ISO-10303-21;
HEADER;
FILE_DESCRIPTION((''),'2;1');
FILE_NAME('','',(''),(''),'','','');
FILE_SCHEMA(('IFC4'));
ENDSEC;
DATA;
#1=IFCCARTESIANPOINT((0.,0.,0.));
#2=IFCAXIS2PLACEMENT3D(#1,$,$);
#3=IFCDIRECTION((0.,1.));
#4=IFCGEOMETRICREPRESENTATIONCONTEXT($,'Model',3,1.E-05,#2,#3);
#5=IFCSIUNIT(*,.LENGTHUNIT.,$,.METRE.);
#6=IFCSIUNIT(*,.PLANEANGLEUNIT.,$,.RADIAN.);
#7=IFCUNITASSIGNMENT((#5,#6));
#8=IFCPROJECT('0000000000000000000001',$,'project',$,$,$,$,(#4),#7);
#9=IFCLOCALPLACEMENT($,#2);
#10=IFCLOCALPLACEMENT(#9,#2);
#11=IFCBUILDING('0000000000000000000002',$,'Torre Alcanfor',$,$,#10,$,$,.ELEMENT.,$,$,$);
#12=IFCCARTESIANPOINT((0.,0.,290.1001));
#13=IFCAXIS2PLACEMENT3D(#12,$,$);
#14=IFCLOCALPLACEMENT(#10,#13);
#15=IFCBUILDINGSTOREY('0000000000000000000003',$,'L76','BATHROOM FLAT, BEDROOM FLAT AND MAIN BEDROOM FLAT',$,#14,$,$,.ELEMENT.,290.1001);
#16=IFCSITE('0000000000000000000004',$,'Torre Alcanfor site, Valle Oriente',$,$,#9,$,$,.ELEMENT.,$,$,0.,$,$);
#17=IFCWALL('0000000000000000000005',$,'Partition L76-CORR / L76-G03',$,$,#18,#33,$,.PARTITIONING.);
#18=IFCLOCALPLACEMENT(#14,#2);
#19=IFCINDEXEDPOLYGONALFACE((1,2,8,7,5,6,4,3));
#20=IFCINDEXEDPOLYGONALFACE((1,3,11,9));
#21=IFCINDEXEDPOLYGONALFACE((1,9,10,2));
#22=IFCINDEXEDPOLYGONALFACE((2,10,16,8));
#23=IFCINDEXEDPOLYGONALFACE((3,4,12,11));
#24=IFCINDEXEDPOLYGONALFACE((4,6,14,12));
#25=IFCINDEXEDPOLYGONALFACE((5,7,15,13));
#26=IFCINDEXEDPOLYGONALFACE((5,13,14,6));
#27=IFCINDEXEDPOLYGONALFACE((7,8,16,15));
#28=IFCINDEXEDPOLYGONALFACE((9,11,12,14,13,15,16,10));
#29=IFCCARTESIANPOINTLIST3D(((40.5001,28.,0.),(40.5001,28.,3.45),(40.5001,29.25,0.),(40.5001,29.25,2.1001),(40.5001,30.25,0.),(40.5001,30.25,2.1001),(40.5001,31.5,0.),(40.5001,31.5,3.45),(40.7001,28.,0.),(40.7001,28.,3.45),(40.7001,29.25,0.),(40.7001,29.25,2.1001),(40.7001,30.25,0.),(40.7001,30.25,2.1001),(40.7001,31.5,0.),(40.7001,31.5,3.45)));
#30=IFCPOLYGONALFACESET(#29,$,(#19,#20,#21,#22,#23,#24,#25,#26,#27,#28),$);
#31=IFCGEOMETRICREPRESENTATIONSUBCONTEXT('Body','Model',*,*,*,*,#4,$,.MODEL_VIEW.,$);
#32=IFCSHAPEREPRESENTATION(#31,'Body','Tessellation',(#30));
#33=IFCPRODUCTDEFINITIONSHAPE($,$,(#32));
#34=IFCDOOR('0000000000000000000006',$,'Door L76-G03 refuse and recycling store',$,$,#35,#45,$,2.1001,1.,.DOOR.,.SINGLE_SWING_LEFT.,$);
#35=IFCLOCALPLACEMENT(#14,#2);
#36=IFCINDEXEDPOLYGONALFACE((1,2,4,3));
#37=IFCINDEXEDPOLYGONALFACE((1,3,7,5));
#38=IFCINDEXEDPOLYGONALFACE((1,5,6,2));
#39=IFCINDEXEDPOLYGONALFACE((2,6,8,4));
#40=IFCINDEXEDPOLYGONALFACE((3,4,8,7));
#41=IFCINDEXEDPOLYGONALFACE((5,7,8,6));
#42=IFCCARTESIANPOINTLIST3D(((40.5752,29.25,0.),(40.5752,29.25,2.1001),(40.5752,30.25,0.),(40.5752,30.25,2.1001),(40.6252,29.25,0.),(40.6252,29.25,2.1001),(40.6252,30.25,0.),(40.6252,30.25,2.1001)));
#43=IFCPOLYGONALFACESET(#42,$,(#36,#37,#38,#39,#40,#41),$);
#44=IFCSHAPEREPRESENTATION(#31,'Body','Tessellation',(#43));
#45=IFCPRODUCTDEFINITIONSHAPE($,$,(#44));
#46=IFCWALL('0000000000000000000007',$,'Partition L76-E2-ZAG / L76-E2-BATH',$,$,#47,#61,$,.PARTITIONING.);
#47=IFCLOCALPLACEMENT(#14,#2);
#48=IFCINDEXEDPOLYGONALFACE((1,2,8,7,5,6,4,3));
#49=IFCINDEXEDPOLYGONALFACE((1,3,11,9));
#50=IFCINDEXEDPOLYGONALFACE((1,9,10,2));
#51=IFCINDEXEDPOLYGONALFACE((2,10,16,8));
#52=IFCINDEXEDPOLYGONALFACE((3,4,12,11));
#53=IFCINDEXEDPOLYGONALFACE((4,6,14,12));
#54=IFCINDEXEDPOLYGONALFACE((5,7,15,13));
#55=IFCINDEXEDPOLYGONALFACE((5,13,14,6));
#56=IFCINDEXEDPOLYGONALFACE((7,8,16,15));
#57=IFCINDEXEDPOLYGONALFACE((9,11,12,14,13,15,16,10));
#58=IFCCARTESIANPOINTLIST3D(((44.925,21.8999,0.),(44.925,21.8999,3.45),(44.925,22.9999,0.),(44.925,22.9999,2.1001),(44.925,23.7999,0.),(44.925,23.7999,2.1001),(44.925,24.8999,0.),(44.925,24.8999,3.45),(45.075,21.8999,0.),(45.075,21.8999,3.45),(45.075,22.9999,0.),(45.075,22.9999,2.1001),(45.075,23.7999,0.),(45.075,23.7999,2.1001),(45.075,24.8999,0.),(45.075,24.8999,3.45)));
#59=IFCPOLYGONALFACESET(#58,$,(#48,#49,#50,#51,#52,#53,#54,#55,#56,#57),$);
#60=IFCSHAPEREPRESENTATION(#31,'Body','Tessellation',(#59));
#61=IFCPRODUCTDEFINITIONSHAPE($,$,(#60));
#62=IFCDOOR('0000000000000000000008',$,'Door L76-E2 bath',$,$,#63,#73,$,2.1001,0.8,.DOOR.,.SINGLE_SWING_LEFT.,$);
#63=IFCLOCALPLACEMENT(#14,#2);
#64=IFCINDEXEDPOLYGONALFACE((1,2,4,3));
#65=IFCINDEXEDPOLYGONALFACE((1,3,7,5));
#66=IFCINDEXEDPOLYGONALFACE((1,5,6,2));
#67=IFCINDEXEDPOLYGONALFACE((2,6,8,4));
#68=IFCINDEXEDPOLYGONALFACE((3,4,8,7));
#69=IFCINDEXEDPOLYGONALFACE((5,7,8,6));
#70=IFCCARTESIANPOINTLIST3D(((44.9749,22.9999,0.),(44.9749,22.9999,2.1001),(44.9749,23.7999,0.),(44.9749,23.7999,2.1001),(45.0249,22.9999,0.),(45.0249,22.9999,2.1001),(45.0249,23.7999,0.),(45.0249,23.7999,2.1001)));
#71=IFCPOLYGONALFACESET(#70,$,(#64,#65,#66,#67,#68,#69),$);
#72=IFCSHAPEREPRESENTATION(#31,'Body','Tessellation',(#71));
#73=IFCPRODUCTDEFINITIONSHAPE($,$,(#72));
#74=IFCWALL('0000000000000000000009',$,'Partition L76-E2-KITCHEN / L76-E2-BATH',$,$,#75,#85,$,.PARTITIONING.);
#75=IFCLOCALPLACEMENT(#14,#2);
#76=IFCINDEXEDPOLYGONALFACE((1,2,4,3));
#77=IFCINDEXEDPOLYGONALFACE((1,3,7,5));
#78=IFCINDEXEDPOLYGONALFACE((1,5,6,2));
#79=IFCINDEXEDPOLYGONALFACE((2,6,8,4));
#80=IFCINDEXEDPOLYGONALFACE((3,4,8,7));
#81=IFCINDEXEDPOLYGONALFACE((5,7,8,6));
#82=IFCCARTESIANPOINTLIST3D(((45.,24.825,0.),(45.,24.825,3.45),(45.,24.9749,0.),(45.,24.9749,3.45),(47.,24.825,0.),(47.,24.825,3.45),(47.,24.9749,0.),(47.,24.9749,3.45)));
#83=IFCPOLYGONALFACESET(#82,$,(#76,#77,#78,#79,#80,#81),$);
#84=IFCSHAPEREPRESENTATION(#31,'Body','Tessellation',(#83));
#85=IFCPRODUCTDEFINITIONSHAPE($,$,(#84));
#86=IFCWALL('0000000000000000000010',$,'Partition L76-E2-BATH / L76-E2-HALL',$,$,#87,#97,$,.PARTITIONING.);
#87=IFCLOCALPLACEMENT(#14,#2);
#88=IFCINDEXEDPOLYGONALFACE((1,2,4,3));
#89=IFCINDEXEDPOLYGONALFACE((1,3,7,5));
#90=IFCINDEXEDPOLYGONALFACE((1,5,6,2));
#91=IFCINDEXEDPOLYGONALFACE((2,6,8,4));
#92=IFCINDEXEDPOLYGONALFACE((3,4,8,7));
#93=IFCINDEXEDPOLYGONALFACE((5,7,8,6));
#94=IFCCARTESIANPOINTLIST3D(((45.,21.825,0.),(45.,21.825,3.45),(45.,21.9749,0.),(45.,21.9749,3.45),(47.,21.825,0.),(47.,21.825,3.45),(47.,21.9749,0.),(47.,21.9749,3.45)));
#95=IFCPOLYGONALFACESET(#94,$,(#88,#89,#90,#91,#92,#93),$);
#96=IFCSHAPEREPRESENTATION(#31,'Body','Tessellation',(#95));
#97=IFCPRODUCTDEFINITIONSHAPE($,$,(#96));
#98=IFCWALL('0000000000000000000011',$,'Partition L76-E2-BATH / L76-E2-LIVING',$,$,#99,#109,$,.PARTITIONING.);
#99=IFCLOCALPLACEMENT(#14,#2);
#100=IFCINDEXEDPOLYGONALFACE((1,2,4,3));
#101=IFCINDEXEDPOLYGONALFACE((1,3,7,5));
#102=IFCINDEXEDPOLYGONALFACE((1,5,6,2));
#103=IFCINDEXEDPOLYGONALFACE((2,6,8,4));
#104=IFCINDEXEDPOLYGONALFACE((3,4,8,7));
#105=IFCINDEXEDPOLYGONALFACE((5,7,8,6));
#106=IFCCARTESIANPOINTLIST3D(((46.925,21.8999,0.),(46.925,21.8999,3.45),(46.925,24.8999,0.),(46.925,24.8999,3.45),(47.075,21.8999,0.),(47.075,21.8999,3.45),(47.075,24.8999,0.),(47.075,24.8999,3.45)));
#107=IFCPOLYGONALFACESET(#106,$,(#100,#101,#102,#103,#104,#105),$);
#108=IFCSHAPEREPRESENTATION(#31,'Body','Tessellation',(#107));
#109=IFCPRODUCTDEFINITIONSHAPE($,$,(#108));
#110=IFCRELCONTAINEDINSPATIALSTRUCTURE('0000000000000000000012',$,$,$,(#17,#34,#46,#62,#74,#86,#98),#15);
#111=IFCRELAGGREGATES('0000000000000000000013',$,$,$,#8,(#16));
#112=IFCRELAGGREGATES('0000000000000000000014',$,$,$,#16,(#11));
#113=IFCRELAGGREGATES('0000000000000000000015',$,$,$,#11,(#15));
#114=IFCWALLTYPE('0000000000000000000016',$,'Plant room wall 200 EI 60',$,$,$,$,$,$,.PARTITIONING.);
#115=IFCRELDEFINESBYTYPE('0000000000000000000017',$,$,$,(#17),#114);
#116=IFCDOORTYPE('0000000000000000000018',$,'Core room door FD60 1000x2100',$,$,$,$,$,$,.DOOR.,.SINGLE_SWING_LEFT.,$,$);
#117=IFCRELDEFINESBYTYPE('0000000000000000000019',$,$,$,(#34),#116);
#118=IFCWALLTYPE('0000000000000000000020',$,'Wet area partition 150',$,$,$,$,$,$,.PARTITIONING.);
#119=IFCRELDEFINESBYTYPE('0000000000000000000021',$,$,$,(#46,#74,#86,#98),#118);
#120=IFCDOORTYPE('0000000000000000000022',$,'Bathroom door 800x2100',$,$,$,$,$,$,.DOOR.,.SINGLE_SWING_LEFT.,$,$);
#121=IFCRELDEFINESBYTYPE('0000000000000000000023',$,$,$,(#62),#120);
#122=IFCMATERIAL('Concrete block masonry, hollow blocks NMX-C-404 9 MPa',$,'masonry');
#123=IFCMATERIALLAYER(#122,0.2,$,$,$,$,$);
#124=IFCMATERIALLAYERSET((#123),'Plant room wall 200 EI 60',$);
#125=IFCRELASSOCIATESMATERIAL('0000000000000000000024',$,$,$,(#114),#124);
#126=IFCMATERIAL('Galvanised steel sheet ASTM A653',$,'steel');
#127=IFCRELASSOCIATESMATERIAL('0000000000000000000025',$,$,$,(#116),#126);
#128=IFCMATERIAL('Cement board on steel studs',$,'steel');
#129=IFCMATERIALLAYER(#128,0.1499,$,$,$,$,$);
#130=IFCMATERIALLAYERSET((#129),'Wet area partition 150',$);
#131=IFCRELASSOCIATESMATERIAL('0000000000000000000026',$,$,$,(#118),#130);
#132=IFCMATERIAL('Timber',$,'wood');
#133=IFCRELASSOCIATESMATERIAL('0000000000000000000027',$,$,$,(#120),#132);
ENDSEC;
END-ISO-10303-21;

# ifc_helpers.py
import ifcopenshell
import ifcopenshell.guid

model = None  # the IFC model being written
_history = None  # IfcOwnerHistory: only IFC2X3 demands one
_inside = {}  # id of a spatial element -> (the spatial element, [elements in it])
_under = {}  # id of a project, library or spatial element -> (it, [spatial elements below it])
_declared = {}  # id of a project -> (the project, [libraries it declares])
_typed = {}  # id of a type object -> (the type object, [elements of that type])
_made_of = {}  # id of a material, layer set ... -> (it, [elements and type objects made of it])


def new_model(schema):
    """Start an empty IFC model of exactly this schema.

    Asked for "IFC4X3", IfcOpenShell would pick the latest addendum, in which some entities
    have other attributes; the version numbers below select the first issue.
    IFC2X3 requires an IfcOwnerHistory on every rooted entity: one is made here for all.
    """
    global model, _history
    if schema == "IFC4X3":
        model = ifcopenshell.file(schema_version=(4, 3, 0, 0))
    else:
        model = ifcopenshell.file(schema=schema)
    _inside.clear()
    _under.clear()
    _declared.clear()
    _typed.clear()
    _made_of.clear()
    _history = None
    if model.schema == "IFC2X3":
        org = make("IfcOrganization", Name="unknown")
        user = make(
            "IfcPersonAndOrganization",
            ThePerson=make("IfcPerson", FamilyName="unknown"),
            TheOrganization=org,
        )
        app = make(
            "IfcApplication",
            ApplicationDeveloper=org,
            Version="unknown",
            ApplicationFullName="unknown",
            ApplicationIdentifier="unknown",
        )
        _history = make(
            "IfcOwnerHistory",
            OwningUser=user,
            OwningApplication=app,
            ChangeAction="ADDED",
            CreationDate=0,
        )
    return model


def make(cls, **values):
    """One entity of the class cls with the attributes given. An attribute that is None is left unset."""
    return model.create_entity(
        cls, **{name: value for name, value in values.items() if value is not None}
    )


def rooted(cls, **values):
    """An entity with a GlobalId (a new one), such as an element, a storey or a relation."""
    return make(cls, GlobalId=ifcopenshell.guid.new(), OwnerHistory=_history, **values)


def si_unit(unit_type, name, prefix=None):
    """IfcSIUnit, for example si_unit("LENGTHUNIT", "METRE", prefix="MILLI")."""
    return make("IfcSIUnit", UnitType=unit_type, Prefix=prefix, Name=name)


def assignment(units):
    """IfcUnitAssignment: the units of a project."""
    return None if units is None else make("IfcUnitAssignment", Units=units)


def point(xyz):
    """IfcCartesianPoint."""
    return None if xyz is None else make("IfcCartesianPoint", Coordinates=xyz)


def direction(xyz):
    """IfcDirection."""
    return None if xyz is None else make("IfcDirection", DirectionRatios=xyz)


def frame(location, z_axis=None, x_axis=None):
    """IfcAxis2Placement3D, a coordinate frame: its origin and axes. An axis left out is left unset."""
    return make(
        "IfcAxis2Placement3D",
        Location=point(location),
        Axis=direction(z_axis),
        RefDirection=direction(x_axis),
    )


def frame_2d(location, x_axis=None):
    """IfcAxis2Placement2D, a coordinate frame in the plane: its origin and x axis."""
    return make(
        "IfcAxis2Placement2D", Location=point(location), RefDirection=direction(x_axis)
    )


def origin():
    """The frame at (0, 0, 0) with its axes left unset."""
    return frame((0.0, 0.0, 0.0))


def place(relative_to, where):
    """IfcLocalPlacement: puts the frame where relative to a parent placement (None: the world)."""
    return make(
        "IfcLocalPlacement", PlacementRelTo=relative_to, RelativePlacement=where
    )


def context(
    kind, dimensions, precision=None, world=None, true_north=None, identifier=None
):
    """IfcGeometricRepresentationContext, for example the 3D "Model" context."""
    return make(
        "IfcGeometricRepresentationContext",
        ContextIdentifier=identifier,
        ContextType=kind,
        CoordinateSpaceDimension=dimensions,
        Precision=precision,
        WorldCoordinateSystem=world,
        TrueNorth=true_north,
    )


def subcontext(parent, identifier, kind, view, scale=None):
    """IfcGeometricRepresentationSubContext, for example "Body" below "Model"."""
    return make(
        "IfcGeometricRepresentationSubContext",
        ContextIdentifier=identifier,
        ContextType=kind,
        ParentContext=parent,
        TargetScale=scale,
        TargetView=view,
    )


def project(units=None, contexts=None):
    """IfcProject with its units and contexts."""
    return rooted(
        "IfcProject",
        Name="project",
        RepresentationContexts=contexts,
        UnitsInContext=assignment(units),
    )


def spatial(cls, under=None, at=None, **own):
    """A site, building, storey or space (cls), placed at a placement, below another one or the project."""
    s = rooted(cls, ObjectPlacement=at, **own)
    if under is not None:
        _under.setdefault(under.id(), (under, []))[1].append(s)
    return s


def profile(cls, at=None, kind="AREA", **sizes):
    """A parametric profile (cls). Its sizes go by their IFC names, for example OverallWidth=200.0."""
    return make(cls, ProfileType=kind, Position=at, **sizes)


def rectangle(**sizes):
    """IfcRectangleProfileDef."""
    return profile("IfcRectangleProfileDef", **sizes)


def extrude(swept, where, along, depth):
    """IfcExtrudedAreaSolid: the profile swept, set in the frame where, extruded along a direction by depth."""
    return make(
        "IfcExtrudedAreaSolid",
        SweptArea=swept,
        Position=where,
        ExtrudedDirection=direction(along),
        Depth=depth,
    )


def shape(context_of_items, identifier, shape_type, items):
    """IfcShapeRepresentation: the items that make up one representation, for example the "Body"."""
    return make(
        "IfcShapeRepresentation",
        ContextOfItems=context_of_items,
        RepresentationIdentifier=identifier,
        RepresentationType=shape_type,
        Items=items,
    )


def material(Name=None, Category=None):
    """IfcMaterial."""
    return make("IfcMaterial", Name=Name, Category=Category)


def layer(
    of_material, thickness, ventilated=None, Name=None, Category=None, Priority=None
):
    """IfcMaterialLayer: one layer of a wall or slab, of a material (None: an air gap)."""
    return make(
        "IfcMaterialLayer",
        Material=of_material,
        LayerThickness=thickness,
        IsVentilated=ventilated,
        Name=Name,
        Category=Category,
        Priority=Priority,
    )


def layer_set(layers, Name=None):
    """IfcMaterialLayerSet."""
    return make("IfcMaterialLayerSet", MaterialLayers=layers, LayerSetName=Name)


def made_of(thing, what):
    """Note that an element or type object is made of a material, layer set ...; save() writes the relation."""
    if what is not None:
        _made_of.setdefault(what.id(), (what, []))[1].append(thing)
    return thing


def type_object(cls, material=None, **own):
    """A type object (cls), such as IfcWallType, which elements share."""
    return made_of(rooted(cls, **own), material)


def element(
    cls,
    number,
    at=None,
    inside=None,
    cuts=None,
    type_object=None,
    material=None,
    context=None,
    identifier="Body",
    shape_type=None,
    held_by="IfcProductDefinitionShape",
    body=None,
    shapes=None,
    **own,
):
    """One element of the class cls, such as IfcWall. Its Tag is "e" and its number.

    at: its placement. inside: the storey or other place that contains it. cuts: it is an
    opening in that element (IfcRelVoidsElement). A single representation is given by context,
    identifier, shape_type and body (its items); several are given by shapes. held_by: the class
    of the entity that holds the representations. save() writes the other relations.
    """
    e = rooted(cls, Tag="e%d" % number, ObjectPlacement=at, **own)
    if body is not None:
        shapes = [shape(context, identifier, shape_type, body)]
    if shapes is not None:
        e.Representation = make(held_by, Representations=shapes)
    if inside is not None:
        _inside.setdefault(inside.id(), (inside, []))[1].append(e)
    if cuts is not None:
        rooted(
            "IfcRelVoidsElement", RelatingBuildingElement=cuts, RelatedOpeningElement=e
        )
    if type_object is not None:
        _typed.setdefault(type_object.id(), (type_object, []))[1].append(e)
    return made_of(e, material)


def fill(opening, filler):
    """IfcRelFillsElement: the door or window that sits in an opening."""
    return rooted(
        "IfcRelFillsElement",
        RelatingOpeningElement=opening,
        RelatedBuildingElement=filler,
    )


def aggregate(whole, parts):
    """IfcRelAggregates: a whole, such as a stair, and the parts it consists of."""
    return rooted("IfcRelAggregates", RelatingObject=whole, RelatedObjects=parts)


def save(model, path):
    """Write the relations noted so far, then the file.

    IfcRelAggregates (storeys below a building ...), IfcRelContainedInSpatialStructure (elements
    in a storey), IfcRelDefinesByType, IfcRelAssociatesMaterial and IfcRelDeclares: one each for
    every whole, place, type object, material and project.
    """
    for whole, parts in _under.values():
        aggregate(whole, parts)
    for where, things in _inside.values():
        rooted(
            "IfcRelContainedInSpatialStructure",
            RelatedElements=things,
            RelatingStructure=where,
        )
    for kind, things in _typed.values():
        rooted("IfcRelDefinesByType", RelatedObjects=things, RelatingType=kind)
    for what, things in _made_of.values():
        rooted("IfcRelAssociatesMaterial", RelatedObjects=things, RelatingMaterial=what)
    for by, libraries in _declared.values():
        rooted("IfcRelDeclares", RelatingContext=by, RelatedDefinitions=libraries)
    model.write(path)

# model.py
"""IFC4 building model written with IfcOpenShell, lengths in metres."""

from ifc_helpers import new_model, si_unit, direction, frame, frame_2d, origin, place, context, subcontext, project, spatial, rectangle, extrude, material, layer, layer_set, type_object, element, fill, save


model = new_model("IFC4")

# Units and contexts
model_context = context("Model", 3, precision=1e-05, world=origin(), true_north=direction((0.0, 1.0)))
body_context = subcontext(model_context, "Body", "Model", "MODEL_VIEW")
ifc_project = project(units=[si_unit("LENGTHUNIT", "METRE"), si_unit("PLANEANGLEUNIT", "RADIAN")], contexts=[model_context])

# Site, building, storey
site_placement = place(None, origin())
site = spatial("IfcSite", under=ifc_project, at=site_placement, Name="Torre Alcanfor site, Valle Oriente", CompositionType="ELEMENT", RefElevation=0.0)
building_placement = place(site_placement, origin())
building = spatial("IfcBuilding", under=site, at=building_placement, Name="Torre Alcanfor", CompositionType="ELEMENT")
storey_placement = place(building_placement, frame((0.0, 0.0, 290.1001)))
storey = spatial("IfcBuildingStorey", under=building, at=storey_placement, Name="L76", Description="BATHROOM FLAT, BEDROOM FLAT AND MAIN BEDROOM FLAT", CompositionType="ELEMENT", Elevation=290.1001)

# Walls, openings, doors
ifc_material_1 = material(Name="Concrete block masonry, hollow blocks NMX-C-404 9 MPa", Category="masonry")
ifc_layer_1 = layer(ifc_material_1, 0.2)
ifc_layer_set_1 = layer_set([ifc_layer_1], Name="Plant room wall 200 EI 60")
wall_type_1 = type_object("IfcWallType", Name="Plant room wall 200 EI 60", PredefinedType="PARTITIONING", material=ifc_layer_set_1)
wall_1_placement = place(storey_placement, frame((40.6001, 28.0, 0.0), z_axis=(0.0, 0.0, 1.0), x_axis=(0.0, 1.0, 0.0)))
wall_1 = element("IfcWall", 1, at=wall_1_placement, inside=storey, type_object=wall_type_1, Name="Partition L76-CORR / L76-G03", PredefinedType="PARTITIONING", context=body_context, shape_type="SweptSolid", body=[
    extrude(rectangle(XDim=3.5, YDim=0.2, at=frame_2d((1.75, 0.0))), origin(), (0.0, 0.0, 1.0), 3.45),
])
opening_1_placement = place(wall_1_placement, frame((1.25, 0.0, 0.0)))
opening_1 = element("IfcOpeningElement", 2, at=opening_1_placement, cuts=wall_1, PredefinedType="OPENING", context=body_context, shape_type="SweptSolid", body=[
    extrude(rectangle(XDim=1.0, YDim=2.1001, at=frame_2d((0.5, 1.05))), frame((0.0, 0.1099, 0.0), z_axis=(0.0, -1.0, 0.0), x_axis=(1.0, 0.0, 0.0)), (0.0, 0.0, 1.0), 0.22),
])
ifc_material_2 = material(Name="Galvanised steel sheet ASTM A653", Category="steel")
door_type_1 = type_object("IfcDoorType", Name="Core room door FD60 1000x2100", OperationType="SINGLE_SWING_LEFT", PredefinedType="DOOR", material=ifc_material_2)
door_1_placement = place(opening_1_placement, origin())
door_1 = element("IfcDoor", 3, at=door_1_placement, inside=storey, type_object=door_type_1, Name="Door L76-G03 refuse and recycling store", OperationType="SINGLE_SWING_LEFT", OverallHeight=2.1001, OverallWidth=1.0, PredefinedType="DOOR", context=body_context, shape_type="SweptSolid", body=[
    extrude(rectangle(XDim=1.0, YDim=2.1001, at=frame_2d((0.5, 1.05))), frame((0.0, 0.0249, 0.0), z_axis=(0.0, -1.0, 0.0), x_axis=(1.0, 0.0, 0.0)), (0.0, 0.0, 1.0), 0.05),
])
fill(opening_1, door_1)
ifc_material_3 = material(Name="Cement board on steel studs", Category="steel")
ifc_layer_2 = layer(ifc_material_3, 0.1499)
ifc_layer_set_2 = layer_set([ifc_layer_2], Name="Wet area partition 150")
wall_type_2 = type_object("IfcWallType", Name="Wet area partition 150", PredefinedType="PARTITIONING", material=ifc_layer_set_2)
wall_2_placement = place(storey_placement, frame((45.0, 24.8999, 0.0), z_axis=(0.0, 0.0, 1.0), x_axis=(0.0, -1.0, 0.0)))
wall_2 = element("IfcWall", 4, at=wall_2_placement, inside=storey, type_object=wall_type_2, Name="Partition L76-E2-ZAG / L76-E2-BATH", PredefinedType="PARTITIONING", context=body_context, shape_type="SweptSolid", body=[
    extrude(rectangle(XDim=3.0, YDim=0.1499, at=frame_2d((1.5, 0.0))), origin(), (0.0, 0.0, 1.0), 3.45),
])
opening_2_placement = place(wall_2_placement, frame((1.1001, 0.0, 0.0)))
opening_2 = element("IfcOpeningElement", 5, at=opening_2_placement, cuts=wall_2, PredefinedType="OPENING", context=body_context, shape_type="SweptSolid", body=[
    extrude(rectangle(XDim=0.8, YDim=2.1001, at=frame_2d((0.3999, 1.05))), frame((0.0, 0.085, 0.0), z_axis=(0.0, -1.0, 0.0), x_axis=(1.0, 0.0, 0.0)), (0.0, 0.0, 1.0), 0.1699),
])
ifc_material_4 = material(Name="Timber", Category="wood")
door_type_2 = type_object("IfcDoorType", Name="Bathroom door 800x2100", OperationType="SINGLE_SWING_LEFT", PredefinedType="DOOR", material=ifc_material_4)
door_2_placement = place(opening_2_placement, origin())
door_2 = element("IfcDoor", 6, at=door_2_placement, inside=storey, type_object=door_type_2, Name="Door L76-E2 bath", OperationType="SINGLE_SWING_LEFT", OverallHeight=2.1001, OverallWidth=0.8, PredefinedType="DOOR", context=body_context, shape_type="SweptSolid", body=[
    extrude(rectangle(XDim=0.8, YDim=2.1001, at=frame_2d((0.3999, 1.05))), frame((0.0, 0.0249, 0.0), z_axis=(0.0, -1.0, 0.0), x_axis=(1.0, 0.0, 0.0)), (0.0, 0.0, 1.0), 0.05),
])
fill(opening_2, door_2)

# Walls
for number, where, z_axis, x_axis, name in (
    (7, (47.0, 24.8999, 0.0), (0.0, 0.0, 1.0), (-1.0, 0.0, 0.0), "Partition L76-E2-KITCHEN / L76-E2-BATH"),
    (8, (47.0, 21.8999, 0.0), (0.0, 0.0, 1.0), (-1.0, 0.0, 0.0), "Partition L76-E2-BATH / L76-E2-HALL"),
):
    element("IfcWall", number, at=place(storey_placement, frame(where, z_axis=z_axis, x_axis=x_axis)), inside=storey, type_object=wall_type_2, Name=name, PredefinedType="PARTITIONING", context=body_context, shape_type="SweptSolid", body=[
        extrude(rectangle(XDim=2.0, YDim=0.1499, at=frame_2d((1.0, 0.0))), origin(), (0.0, 0.0, 1.0), 3.45),
    ])
wall_3_placement = place(storey_placement, frame((47.0, 24.8999, 0.0), z_axis=(0.0, 0.0, 1.0), x_axis=(0.0, -1.0, 0.0)))
element("IfcWall", 9, at=wall_3_placement, inside=storey, type_object=wall_type_2, Name="Partition L76-E2-BATH / L76-E2-LIVING", PredefinedType="PARTITIONING", context=body_context, shape_type="SweptSolid", body=[
    extrude(rectangle(XDim=3.0, YDim=0.1499, at=frame_2d((1.5, 0.0))), origin(), (0.0, 0.0, 1.0), 3.45),
])

save(model, "model.ifc")
